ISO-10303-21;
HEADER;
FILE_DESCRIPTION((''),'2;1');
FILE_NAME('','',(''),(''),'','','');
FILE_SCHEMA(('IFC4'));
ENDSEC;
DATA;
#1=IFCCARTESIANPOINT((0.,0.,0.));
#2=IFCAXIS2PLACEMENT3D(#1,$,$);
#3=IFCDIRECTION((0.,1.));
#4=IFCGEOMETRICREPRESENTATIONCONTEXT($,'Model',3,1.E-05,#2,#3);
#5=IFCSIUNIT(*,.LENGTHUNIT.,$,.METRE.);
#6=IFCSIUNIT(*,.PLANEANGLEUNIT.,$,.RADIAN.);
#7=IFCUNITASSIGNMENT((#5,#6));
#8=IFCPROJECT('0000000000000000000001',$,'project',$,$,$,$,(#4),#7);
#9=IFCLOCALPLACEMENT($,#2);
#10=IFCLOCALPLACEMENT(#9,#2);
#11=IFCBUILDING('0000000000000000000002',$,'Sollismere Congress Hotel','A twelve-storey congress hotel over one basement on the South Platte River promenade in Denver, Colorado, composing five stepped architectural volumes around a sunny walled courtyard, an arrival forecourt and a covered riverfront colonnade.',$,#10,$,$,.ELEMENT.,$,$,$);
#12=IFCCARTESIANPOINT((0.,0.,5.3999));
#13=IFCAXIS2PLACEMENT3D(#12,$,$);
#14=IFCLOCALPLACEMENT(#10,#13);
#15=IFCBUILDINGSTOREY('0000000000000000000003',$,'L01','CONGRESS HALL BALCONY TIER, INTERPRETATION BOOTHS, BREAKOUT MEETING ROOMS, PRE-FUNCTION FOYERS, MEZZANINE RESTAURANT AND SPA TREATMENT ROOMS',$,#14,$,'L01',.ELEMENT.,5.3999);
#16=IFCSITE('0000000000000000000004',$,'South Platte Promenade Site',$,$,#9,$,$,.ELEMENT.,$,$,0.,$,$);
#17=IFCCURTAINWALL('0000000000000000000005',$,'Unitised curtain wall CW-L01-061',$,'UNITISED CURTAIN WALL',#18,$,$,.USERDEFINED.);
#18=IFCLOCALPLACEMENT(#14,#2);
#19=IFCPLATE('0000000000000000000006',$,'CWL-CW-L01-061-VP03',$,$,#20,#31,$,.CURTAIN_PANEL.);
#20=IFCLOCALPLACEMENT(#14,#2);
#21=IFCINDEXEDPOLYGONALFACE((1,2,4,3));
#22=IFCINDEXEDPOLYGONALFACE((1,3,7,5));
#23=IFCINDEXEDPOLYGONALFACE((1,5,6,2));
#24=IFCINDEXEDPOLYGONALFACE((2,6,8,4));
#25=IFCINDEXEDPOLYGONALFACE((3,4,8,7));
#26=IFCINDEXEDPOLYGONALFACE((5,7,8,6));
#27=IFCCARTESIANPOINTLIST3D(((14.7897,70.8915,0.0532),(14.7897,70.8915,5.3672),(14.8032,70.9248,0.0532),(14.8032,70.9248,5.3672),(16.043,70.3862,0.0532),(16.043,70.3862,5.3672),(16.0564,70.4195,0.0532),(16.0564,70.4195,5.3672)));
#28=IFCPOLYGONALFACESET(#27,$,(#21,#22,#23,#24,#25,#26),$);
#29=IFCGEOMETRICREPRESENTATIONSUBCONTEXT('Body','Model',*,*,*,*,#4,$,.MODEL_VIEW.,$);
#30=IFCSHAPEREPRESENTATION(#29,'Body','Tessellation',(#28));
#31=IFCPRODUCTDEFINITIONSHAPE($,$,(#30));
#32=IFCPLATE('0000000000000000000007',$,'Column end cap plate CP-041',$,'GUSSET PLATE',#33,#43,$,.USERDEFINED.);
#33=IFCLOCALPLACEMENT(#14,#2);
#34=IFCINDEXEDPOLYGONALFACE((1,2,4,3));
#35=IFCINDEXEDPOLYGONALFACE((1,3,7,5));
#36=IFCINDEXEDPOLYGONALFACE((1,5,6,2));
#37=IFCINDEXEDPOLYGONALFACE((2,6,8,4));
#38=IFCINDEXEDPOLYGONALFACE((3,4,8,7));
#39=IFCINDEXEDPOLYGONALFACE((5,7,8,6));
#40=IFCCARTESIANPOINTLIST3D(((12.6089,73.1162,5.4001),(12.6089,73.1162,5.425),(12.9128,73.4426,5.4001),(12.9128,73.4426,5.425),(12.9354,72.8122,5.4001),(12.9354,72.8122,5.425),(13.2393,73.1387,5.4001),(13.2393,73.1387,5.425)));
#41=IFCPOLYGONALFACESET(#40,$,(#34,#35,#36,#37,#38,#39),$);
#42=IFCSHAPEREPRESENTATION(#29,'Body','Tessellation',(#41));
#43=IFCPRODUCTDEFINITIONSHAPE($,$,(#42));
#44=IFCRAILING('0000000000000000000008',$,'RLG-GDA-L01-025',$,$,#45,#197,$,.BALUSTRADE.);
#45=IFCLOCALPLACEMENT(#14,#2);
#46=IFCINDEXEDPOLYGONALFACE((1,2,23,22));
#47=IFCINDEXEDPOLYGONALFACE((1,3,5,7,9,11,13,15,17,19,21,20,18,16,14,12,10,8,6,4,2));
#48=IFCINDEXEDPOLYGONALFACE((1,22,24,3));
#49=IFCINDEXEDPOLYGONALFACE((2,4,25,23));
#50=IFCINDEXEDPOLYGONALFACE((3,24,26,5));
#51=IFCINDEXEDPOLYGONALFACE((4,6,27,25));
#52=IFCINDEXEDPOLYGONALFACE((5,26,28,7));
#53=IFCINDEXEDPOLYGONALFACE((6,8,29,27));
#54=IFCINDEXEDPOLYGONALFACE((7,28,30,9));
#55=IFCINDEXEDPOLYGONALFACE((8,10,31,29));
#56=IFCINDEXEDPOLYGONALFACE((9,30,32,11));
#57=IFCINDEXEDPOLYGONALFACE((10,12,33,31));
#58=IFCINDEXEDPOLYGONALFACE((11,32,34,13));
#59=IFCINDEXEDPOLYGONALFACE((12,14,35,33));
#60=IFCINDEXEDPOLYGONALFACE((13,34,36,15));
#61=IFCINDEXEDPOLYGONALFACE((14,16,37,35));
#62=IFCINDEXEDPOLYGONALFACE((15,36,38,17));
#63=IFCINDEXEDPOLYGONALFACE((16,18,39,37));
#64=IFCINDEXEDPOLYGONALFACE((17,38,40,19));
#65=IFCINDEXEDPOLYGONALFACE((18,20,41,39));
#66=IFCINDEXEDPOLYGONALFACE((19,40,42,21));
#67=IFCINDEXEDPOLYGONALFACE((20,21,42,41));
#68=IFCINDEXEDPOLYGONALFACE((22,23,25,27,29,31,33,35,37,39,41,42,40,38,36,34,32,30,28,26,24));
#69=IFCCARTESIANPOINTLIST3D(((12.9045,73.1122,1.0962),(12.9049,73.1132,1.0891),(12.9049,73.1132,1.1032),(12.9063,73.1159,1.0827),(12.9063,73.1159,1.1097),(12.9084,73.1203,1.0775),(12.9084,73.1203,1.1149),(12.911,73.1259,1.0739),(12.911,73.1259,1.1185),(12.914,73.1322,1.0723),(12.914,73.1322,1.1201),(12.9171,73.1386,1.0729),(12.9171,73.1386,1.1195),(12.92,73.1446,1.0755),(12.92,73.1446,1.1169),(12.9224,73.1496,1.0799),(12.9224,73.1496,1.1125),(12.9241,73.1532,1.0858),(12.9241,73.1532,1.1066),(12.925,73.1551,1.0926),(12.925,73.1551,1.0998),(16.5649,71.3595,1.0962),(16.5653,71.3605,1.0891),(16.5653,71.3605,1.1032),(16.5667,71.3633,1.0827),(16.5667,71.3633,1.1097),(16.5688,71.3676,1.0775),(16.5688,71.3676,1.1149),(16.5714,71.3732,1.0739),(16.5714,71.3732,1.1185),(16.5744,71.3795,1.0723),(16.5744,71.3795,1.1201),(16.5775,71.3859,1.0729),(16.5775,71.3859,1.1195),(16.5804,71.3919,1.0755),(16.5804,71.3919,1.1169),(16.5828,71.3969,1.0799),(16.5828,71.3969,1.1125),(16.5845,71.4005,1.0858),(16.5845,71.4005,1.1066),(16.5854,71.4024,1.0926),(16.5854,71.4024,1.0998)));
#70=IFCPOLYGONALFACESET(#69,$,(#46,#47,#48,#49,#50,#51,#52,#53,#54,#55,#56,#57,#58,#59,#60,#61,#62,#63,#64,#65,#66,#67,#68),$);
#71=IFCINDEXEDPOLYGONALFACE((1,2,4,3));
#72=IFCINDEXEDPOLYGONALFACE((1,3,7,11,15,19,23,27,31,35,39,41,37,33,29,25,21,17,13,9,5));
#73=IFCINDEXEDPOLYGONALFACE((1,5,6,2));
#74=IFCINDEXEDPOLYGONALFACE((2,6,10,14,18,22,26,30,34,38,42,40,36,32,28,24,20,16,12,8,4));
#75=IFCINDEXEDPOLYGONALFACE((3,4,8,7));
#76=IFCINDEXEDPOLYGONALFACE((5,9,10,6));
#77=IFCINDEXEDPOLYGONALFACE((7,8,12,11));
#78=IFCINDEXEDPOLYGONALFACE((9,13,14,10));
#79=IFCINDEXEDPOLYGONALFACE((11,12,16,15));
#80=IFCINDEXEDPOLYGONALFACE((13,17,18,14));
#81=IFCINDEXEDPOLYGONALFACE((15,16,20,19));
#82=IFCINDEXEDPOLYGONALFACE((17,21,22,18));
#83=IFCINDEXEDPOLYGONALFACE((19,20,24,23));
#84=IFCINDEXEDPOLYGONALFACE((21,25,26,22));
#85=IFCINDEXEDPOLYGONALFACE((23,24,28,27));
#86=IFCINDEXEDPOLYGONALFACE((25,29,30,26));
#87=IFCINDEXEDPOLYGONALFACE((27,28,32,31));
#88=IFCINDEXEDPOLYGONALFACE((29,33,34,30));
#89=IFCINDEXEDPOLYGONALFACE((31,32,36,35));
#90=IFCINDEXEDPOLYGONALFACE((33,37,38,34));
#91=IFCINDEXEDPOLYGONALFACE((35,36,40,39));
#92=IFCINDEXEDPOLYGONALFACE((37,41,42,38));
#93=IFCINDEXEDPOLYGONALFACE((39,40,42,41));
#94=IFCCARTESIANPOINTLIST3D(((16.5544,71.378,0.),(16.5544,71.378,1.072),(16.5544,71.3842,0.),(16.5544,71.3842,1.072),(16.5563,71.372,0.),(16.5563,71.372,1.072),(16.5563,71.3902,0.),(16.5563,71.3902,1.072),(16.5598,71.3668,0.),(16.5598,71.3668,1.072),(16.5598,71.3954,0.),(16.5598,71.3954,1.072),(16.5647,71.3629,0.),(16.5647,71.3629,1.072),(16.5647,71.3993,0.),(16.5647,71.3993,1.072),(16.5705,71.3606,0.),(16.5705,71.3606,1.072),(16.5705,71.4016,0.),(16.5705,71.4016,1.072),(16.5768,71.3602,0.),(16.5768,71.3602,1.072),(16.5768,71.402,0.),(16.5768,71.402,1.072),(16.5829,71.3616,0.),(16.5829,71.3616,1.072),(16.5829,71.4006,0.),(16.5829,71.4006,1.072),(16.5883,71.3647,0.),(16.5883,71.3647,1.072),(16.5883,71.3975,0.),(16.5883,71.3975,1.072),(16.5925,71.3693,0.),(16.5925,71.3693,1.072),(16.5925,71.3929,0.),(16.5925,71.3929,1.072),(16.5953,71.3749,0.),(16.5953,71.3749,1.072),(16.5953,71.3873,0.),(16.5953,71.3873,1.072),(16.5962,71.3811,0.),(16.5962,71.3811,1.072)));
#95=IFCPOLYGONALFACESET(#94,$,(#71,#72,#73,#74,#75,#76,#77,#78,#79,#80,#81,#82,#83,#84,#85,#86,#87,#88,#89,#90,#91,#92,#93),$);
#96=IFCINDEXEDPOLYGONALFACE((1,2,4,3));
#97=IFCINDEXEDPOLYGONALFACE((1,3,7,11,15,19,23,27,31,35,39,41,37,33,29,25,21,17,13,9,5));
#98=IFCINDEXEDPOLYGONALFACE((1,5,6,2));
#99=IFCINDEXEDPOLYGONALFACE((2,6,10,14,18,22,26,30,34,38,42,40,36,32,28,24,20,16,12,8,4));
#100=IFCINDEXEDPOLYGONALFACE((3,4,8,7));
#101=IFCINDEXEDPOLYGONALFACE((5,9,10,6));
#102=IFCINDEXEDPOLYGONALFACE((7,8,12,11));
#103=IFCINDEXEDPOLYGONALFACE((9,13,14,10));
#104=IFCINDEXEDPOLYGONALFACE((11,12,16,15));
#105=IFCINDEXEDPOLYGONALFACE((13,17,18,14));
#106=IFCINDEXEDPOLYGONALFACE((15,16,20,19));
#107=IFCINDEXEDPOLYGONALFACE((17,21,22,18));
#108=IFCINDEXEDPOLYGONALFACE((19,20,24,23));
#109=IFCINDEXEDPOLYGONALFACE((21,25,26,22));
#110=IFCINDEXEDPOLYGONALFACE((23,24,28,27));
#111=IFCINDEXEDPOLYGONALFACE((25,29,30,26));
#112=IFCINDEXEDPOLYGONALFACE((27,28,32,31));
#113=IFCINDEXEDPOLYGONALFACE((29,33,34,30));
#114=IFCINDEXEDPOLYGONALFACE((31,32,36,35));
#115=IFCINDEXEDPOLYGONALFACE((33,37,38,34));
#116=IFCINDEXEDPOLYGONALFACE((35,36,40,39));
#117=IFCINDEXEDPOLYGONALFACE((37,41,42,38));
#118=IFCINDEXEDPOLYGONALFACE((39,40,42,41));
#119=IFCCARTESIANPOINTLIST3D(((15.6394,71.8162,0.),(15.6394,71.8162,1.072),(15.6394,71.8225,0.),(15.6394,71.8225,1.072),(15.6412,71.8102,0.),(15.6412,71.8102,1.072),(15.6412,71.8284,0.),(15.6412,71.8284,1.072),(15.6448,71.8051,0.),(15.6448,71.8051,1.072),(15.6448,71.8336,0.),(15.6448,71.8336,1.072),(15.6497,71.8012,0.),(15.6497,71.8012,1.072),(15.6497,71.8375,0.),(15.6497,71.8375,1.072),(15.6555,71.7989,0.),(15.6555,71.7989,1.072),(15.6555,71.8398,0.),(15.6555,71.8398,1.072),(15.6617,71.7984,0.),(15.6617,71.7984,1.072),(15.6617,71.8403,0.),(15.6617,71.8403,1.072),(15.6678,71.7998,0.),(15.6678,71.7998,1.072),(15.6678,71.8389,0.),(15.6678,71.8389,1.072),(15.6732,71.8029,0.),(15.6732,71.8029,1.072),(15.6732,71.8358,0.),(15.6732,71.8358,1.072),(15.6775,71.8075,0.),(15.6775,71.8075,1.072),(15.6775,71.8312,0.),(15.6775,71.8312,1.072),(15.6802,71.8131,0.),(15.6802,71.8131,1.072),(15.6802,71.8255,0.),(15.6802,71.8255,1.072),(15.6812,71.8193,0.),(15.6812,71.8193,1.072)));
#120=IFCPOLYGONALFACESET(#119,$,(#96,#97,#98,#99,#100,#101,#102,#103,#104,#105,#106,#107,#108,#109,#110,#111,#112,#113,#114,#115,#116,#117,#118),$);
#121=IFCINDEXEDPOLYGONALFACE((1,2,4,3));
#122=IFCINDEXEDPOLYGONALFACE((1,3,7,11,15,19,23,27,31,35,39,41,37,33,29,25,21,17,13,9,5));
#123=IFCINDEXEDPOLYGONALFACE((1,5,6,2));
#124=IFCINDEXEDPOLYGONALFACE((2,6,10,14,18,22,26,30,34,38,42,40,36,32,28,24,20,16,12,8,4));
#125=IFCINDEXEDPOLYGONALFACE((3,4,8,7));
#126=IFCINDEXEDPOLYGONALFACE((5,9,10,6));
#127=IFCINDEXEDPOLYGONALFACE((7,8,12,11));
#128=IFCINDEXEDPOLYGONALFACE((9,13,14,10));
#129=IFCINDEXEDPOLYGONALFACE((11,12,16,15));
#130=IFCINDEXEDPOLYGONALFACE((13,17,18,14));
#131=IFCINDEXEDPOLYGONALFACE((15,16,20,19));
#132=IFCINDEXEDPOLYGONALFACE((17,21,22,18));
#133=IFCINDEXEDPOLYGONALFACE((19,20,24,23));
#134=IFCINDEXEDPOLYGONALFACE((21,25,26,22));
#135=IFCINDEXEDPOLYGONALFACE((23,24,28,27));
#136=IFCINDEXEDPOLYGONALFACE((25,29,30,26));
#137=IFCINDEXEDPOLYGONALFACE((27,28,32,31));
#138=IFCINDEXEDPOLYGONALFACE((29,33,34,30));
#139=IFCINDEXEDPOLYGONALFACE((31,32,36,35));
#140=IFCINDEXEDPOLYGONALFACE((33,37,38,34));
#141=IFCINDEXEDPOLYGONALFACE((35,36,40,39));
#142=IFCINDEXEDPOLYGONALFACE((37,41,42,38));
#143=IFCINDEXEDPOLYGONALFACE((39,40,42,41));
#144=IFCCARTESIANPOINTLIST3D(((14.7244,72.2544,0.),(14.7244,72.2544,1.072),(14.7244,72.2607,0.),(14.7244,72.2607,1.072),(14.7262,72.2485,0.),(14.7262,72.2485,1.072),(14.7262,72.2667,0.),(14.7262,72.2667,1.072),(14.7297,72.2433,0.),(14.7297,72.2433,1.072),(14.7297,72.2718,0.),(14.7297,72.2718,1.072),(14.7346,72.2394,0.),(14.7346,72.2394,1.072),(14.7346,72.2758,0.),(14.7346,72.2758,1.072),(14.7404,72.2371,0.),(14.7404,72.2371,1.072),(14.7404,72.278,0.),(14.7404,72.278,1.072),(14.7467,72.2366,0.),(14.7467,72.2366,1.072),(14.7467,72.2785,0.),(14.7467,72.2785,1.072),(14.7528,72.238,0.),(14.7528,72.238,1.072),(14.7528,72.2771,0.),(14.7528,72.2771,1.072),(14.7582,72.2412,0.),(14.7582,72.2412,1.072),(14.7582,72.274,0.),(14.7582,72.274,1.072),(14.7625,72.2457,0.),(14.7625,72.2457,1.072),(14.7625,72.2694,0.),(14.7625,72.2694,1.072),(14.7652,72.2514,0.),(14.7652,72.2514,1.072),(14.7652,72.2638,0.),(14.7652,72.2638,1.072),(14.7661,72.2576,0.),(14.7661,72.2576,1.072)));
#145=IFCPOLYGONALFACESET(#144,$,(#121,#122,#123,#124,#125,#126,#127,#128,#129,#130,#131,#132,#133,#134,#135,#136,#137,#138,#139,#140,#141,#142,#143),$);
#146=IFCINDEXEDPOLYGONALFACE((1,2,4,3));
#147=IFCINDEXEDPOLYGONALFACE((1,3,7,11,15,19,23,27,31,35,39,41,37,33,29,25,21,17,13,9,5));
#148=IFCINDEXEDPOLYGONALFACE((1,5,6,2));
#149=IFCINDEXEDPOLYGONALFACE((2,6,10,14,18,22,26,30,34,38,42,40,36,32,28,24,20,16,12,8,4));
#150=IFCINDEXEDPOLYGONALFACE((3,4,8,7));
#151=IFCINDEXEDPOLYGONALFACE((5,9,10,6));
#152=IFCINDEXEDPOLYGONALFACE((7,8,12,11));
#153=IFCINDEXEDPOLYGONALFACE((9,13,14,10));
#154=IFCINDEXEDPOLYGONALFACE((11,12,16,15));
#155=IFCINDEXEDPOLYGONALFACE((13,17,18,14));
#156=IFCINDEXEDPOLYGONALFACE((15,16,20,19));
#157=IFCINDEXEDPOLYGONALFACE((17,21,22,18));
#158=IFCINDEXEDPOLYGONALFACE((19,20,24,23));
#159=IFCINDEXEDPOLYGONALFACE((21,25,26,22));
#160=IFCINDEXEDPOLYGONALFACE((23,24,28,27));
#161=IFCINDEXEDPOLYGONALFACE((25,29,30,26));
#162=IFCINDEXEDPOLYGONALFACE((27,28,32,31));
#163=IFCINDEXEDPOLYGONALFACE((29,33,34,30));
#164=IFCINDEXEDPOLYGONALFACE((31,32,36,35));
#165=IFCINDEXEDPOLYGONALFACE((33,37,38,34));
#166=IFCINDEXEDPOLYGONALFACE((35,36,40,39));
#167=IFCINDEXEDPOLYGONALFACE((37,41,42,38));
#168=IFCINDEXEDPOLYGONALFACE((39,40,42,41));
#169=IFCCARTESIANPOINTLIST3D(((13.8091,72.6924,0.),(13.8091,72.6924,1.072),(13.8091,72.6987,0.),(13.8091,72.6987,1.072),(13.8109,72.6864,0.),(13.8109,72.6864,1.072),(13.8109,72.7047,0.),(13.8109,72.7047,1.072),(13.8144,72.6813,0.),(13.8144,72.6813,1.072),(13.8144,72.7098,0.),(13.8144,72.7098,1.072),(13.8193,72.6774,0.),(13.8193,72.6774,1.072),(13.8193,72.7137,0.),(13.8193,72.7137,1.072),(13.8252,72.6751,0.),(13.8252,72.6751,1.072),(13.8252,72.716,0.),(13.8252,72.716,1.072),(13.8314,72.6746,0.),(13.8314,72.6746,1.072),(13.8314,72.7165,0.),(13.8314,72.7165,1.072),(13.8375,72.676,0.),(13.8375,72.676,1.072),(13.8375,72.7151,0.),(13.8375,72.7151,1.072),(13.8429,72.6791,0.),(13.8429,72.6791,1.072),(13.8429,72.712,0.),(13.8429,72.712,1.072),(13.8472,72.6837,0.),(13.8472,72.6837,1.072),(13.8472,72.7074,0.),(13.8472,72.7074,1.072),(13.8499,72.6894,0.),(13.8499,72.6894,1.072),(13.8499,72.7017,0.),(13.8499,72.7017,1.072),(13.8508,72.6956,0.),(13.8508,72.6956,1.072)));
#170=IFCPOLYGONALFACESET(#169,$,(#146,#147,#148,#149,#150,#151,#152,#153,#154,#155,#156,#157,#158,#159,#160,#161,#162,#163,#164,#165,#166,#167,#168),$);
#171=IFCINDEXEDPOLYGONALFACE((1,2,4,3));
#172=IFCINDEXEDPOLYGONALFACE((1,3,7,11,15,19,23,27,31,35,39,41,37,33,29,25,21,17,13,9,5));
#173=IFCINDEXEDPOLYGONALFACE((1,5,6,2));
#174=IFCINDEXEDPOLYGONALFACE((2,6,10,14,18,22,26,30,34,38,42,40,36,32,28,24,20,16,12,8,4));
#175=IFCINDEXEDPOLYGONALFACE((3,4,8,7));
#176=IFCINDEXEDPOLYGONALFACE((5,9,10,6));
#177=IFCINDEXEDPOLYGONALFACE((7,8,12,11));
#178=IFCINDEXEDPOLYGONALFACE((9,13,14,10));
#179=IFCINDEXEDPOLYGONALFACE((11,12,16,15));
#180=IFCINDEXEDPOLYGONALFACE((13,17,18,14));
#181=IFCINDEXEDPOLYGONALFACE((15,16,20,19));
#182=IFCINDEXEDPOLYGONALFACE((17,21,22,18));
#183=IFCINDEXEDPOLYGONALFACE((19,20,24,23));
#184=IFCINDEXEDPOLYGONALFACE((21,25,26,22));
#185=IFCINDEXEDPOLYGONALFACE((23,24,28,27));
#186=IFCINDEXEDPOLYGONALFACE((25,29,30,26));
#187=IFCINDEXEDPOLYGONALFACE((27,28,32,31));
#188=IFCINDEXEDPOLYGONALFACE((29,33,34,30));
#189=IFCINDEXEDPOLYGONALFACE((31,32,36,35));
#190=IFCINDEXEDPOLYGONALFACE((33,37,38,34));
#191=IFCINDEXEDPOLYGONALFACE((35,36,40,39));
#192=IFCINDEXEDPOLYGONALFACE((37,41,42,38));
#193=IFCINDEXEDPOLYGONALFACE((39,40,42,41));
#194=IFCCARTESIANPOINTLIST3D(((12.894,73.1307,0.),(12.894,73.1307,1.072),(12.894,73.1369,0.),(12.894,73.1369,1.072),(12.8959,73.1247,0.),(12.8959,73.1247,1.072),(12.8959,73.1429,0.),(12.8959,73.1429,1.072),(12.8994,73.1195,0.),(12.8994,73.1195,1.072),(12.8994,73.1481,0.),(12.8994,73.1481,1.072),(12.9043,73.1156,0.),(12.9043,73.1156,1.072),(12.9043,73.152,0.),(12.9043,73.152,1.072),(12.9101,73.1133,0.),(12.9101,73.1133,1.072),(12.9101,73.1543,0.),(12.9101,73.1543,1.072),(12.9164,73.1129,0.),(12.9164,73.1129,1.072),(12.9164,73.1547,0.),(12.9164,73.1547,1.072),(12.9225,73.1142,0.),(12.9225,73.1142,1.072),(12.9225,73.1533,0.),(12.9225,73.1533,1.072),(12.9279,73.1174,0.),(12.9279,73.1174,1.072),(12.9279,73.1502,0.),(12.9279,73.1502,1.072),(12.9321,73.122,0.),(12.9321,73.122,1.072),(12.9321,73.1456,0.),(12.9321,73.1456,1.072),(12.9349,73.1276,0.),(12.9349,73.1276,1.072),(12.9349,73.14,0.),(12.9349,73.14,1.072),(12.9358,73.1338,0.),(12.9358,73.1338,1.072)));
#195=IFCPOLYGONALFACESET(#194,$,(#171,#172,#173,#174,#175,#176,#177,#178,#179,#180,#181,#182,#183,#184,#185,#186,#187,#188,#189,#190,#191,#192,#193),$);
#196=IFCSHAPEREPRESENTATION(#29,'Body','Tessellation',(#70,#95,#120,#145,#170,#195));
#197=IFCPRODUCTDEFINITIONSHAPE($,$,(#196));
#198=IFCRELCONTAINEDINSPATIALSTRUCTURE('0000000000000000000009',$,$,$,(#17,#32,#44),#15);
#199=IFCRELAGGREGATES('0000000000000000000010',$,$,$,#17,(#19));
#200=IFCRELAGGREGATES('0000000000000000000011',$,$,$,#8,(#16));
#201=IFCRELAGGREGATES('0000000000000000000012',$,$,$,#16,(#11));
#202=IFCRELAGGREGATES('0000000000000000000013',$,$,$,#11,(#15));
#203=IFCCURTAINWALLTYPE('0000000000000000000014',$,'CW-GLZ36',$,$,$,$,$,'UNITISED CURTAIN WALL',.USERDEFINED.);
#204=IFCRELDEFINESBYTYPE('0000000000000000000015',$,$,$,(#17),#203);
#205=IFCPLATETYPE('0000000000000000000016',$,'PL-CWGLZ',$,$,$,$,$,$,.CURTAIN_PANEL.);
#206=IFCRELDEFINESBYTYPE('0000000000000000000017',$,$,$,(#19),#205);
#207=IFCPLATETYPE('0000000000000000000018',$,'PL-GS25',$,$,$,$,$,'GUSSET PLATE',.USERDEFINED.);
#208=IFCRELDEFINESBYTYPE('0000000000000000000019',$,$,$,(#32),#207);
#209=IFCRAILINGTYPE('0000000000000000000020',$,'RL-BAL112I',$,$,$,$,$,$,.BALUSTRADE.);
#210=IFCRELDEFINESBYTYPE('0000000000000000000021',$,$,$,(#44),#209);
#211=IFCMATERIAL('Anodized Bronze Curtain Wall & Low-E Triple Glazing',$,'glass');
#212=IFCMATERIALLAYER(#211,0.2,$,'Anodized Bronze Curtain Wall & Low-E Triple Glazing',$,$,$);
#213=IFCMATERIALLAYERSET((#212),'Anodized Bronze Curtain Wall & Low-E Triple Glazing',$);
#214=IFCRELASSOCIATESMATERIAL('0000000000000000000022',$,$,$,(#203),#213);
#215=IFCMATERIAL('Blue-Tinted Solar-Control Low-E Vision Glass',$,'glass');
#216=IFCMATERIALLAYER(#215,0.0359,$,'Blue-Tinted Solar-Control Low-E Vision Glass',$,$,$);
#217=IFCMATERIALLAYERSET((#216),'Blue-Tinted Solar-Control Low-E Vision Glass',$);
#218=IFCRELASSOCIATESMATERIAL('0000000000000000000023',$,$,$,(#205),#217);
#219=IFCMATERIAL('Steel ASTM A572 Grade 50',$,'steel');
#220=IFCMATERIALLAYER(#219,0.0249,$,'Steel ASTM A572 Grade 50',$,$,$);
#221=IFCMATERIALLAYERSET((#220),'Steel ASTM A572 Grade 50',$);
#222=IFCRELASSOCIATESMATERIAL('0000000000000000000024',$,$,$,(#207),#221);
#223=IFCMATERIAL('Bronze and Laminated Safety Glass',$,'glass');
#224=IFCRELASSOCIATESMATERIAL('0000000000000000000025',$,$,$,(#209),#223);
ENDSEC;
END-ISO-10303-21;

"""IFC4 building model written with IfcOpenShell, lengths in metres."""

from ifc_helpers import new_model, si_unit, direction, frame, origin, origin_2d, place, context, subcontext, project, spatial, rectangle, circle, extrude, material, layer, layer_set, type_object, element, aggregate, save


model = new_model("IFC4")

# Units and contexts
model_context = context("Model", 3, precision=1e-05, world=origin(), true_north=direction((0.0, 1.0)))
body_context = subcontext(model_context, "Body", "Model", "MODEL_VIEW")
ifc_project = project(units=[si_unit("LENGTHUNIT", "METRE"), si_unit("PLANEANGLEUNIT", "RADIAN")], contexts=[model_context])

# Site, building, storey
site_placement = place(None, origin())
site = spatial("IfcSite", under=ifc_project, at=site_placement, Name="South Platte Promenade Site", CompositionType="ELEMENT", RefElevation=0.0)
building_placement = place(site_placement, origin())
building = spatial("IfcBuilding", under=site, at=building_placement, Name="Sollismere Congress Hotel", Description="A twelve-storey congress hotel over one basement on the South Platte River promenade in Denver, Colorado, composing five stepped architectural volumes around a sunny walled courtyard, an arrival forecourt and a covered riverfront colonnade.", CompositionType="ELEMENT")
storey_placement = place(building_placement, frame((0.0, 0.0, 5.3999)))
storey = spatial("IfcBuildingStorey", under=building, at=storey_placement, Name="L01", Description="CONGRESS HALL BALCONY TIER, INTERPRETATION BOOTHS, BREAKOUT MEETING ROOMS, PRE-FUNCTION FOYERS, MEZZANINE RESTAURANT AND SPA TREATMENT ROOMS", LongName="L01", CompositionType="ELEMENT", Elevation=5.3999)

# Shared definitions
ifc_material_1 = material(Name="Anodized Bronze Curtain Wall & Low-E Triple Glazing", Category="glass")
ifc_layer_1 = layer(ifc_material_1, 0.2, Name="Anodized Bronze Curtain Wall & Low-E Triple Glazing")
ifc_layer_set_1 = layer_set([ifc_layer_1], Name="Anodized Bronze Curtain Wall & Low-E Triple Glazing")
curtain_wall_type = type_object("IfcCurtainWallType", Name="CW-GLZ36", ElementType="UNITISED CURTAIN WALL", PredefinedType="USERDEFINED", material=ifc_layer_set_1)

# Curtain wall
curtain_wall_1_placement = place(storey_placement, origin())
curtain_wall_1 = element("IfcCurtainWall", 1, at=curtain_wall_1_placement, inside=storey, type_object=curtain_wall_type, Name="Unitised curtain wall CW-L01-061", ObjectType="UNITISED CURTAIN WALL", PredefinedType="USERDEFINED")

# Plates
ifc_material_2 = material(Name="Blue-Tinted Solar-Control Low-E Vision Glass", Category="glass")
ifc_layer_2 = layer(ifc_material_2, 0.0359, Name="Blue-Tinted Solar-Control Low-E Vision Glass")
ifc_layer_set_2 = layer_set([ifc_layer_2], Name="Blue-Tinted Solar-Control Low-E Vision Glass")
plate_type_1 = type_object("IfcPlateType", Name="PL-CWGLZ", PredefinedType="CURTAIN_PANEL", material=ifc_layer_set_2)
plate_1_placement = place(storey_placement, frame((15.4231, 70.6555, 0.0532), z_axis=(0.0, 0.0, 1.0), x_axis=(0.927452, -0.373943, 0.0)))
plate_1 = element("IfcPlate", 2, at=plate_1_placement, type_object=plate_type_1, Name="CWL-CW-L01-061-VP03", PredefinedType="CURTAIN_PANEL", context=body_context, shape_type="SweptSolid", body=[
    extrude(rectangle(XDim=1.3513, YDim=0.0359, at=origin_2d()), origin(), (0.0, 0.0, 1.0), 5.314),
])
aggregate(curtain_wall_1, [plate_1])
ifc_material_3 = material(Name="Steel ASTM A572 Grade 50", Category="steel")
ifc_layer_3 = layer(ifc_material_3, 0.0249, Name="Steel ASTM A572 Grade 50")
ifc_layer_set_3 = layer_set([ifc_layer_3], Name="Steel ASTM A572 Grade 50")
plate_type_2 = type_object("IfcPlateType", Name="PL-GS25", ElementType="GUSSET PLATE", PredefinedType="USERDEFINED", material=ifc_layer_set_3)
plate_2_placement = place(storey_placement, frame((12.9241, 73.1274, 5.4001), z_axis=(0.0, 0.0, 1.0), x_axis=(-0.68136, -0.731949, 0.0)))
element("IfcPlate", 3, at=plate_2_placement, inside=storey, type_object=plate_type_2, Name="Column end cap plate CP-041", ObjectType="GUSSET PLATE", PredefinedType="USERDEFINED", context=body_context, shape_type="SweptSolid", body=[
    extrude(rectangle(XDim=0.446, YDim=0.446, at=origin_2d()), origin(), (0.0, 0.0, 1.0), 0.0249),
])

# Railing
ifc_material_4 = material(Name="Bronze and Laminated Safety Glass", Category="glass")
railing_type = type_object("IfcRailingType", Name="RL-BAL112I", PredefinedType="BALUSTRADE", material=ifc_material_4)
railing_1_placement = place(storey_placement, frame((16.5752, 71.3811, 0.0)))
element("IfcRailing", 4, at=railing_1_placement, inside=storey, type_object=railing_type, Name="RLG-GDA-L01-025", PredefinedType="BALUSTRADE", context=body_context, shape_type="SweptSolid", body=[
    extrude(circle(Radius=0.0239, at=origin_2d()), frame((0.0, 0.0, 1.0962), z_axis=(-0.901937, 0.431868, 0.0), x_axis=(-0.431868, -0.901937, 0.0)), (0.0, 0.0, 1.0), 4.0583),
    extrude(circle(Radius=0.021, at=origin_2d()), origin(), (0.0, 0.0, 1.0), 1.072),
    extrude(circle(Radius=0.021, at=origin_2d()), frame((-0.915, 0.4382, 0.0)), (0.0, 0.0, 1.0), 1.072),
    extrude(circle(Radius=0.021, at=origin_2d()), frame((-1.8301, 0.8765, 0.0)), (0.0, 0.0, 1.0), 1.072),
    extrude(circle(Radius=0.021, at=origin_2d()), frame((-2.7454, 1.3145, 0.0)), (0.0, 0.0, 1.0), 1.072),
    extrude(circle(Radius=0.021, at=origin_2d()), frame((-3.6604, 1.7527, 0.0)), (0.0, 0.0, 1.0), 1.072),
])

save(model, "model.ifc")
